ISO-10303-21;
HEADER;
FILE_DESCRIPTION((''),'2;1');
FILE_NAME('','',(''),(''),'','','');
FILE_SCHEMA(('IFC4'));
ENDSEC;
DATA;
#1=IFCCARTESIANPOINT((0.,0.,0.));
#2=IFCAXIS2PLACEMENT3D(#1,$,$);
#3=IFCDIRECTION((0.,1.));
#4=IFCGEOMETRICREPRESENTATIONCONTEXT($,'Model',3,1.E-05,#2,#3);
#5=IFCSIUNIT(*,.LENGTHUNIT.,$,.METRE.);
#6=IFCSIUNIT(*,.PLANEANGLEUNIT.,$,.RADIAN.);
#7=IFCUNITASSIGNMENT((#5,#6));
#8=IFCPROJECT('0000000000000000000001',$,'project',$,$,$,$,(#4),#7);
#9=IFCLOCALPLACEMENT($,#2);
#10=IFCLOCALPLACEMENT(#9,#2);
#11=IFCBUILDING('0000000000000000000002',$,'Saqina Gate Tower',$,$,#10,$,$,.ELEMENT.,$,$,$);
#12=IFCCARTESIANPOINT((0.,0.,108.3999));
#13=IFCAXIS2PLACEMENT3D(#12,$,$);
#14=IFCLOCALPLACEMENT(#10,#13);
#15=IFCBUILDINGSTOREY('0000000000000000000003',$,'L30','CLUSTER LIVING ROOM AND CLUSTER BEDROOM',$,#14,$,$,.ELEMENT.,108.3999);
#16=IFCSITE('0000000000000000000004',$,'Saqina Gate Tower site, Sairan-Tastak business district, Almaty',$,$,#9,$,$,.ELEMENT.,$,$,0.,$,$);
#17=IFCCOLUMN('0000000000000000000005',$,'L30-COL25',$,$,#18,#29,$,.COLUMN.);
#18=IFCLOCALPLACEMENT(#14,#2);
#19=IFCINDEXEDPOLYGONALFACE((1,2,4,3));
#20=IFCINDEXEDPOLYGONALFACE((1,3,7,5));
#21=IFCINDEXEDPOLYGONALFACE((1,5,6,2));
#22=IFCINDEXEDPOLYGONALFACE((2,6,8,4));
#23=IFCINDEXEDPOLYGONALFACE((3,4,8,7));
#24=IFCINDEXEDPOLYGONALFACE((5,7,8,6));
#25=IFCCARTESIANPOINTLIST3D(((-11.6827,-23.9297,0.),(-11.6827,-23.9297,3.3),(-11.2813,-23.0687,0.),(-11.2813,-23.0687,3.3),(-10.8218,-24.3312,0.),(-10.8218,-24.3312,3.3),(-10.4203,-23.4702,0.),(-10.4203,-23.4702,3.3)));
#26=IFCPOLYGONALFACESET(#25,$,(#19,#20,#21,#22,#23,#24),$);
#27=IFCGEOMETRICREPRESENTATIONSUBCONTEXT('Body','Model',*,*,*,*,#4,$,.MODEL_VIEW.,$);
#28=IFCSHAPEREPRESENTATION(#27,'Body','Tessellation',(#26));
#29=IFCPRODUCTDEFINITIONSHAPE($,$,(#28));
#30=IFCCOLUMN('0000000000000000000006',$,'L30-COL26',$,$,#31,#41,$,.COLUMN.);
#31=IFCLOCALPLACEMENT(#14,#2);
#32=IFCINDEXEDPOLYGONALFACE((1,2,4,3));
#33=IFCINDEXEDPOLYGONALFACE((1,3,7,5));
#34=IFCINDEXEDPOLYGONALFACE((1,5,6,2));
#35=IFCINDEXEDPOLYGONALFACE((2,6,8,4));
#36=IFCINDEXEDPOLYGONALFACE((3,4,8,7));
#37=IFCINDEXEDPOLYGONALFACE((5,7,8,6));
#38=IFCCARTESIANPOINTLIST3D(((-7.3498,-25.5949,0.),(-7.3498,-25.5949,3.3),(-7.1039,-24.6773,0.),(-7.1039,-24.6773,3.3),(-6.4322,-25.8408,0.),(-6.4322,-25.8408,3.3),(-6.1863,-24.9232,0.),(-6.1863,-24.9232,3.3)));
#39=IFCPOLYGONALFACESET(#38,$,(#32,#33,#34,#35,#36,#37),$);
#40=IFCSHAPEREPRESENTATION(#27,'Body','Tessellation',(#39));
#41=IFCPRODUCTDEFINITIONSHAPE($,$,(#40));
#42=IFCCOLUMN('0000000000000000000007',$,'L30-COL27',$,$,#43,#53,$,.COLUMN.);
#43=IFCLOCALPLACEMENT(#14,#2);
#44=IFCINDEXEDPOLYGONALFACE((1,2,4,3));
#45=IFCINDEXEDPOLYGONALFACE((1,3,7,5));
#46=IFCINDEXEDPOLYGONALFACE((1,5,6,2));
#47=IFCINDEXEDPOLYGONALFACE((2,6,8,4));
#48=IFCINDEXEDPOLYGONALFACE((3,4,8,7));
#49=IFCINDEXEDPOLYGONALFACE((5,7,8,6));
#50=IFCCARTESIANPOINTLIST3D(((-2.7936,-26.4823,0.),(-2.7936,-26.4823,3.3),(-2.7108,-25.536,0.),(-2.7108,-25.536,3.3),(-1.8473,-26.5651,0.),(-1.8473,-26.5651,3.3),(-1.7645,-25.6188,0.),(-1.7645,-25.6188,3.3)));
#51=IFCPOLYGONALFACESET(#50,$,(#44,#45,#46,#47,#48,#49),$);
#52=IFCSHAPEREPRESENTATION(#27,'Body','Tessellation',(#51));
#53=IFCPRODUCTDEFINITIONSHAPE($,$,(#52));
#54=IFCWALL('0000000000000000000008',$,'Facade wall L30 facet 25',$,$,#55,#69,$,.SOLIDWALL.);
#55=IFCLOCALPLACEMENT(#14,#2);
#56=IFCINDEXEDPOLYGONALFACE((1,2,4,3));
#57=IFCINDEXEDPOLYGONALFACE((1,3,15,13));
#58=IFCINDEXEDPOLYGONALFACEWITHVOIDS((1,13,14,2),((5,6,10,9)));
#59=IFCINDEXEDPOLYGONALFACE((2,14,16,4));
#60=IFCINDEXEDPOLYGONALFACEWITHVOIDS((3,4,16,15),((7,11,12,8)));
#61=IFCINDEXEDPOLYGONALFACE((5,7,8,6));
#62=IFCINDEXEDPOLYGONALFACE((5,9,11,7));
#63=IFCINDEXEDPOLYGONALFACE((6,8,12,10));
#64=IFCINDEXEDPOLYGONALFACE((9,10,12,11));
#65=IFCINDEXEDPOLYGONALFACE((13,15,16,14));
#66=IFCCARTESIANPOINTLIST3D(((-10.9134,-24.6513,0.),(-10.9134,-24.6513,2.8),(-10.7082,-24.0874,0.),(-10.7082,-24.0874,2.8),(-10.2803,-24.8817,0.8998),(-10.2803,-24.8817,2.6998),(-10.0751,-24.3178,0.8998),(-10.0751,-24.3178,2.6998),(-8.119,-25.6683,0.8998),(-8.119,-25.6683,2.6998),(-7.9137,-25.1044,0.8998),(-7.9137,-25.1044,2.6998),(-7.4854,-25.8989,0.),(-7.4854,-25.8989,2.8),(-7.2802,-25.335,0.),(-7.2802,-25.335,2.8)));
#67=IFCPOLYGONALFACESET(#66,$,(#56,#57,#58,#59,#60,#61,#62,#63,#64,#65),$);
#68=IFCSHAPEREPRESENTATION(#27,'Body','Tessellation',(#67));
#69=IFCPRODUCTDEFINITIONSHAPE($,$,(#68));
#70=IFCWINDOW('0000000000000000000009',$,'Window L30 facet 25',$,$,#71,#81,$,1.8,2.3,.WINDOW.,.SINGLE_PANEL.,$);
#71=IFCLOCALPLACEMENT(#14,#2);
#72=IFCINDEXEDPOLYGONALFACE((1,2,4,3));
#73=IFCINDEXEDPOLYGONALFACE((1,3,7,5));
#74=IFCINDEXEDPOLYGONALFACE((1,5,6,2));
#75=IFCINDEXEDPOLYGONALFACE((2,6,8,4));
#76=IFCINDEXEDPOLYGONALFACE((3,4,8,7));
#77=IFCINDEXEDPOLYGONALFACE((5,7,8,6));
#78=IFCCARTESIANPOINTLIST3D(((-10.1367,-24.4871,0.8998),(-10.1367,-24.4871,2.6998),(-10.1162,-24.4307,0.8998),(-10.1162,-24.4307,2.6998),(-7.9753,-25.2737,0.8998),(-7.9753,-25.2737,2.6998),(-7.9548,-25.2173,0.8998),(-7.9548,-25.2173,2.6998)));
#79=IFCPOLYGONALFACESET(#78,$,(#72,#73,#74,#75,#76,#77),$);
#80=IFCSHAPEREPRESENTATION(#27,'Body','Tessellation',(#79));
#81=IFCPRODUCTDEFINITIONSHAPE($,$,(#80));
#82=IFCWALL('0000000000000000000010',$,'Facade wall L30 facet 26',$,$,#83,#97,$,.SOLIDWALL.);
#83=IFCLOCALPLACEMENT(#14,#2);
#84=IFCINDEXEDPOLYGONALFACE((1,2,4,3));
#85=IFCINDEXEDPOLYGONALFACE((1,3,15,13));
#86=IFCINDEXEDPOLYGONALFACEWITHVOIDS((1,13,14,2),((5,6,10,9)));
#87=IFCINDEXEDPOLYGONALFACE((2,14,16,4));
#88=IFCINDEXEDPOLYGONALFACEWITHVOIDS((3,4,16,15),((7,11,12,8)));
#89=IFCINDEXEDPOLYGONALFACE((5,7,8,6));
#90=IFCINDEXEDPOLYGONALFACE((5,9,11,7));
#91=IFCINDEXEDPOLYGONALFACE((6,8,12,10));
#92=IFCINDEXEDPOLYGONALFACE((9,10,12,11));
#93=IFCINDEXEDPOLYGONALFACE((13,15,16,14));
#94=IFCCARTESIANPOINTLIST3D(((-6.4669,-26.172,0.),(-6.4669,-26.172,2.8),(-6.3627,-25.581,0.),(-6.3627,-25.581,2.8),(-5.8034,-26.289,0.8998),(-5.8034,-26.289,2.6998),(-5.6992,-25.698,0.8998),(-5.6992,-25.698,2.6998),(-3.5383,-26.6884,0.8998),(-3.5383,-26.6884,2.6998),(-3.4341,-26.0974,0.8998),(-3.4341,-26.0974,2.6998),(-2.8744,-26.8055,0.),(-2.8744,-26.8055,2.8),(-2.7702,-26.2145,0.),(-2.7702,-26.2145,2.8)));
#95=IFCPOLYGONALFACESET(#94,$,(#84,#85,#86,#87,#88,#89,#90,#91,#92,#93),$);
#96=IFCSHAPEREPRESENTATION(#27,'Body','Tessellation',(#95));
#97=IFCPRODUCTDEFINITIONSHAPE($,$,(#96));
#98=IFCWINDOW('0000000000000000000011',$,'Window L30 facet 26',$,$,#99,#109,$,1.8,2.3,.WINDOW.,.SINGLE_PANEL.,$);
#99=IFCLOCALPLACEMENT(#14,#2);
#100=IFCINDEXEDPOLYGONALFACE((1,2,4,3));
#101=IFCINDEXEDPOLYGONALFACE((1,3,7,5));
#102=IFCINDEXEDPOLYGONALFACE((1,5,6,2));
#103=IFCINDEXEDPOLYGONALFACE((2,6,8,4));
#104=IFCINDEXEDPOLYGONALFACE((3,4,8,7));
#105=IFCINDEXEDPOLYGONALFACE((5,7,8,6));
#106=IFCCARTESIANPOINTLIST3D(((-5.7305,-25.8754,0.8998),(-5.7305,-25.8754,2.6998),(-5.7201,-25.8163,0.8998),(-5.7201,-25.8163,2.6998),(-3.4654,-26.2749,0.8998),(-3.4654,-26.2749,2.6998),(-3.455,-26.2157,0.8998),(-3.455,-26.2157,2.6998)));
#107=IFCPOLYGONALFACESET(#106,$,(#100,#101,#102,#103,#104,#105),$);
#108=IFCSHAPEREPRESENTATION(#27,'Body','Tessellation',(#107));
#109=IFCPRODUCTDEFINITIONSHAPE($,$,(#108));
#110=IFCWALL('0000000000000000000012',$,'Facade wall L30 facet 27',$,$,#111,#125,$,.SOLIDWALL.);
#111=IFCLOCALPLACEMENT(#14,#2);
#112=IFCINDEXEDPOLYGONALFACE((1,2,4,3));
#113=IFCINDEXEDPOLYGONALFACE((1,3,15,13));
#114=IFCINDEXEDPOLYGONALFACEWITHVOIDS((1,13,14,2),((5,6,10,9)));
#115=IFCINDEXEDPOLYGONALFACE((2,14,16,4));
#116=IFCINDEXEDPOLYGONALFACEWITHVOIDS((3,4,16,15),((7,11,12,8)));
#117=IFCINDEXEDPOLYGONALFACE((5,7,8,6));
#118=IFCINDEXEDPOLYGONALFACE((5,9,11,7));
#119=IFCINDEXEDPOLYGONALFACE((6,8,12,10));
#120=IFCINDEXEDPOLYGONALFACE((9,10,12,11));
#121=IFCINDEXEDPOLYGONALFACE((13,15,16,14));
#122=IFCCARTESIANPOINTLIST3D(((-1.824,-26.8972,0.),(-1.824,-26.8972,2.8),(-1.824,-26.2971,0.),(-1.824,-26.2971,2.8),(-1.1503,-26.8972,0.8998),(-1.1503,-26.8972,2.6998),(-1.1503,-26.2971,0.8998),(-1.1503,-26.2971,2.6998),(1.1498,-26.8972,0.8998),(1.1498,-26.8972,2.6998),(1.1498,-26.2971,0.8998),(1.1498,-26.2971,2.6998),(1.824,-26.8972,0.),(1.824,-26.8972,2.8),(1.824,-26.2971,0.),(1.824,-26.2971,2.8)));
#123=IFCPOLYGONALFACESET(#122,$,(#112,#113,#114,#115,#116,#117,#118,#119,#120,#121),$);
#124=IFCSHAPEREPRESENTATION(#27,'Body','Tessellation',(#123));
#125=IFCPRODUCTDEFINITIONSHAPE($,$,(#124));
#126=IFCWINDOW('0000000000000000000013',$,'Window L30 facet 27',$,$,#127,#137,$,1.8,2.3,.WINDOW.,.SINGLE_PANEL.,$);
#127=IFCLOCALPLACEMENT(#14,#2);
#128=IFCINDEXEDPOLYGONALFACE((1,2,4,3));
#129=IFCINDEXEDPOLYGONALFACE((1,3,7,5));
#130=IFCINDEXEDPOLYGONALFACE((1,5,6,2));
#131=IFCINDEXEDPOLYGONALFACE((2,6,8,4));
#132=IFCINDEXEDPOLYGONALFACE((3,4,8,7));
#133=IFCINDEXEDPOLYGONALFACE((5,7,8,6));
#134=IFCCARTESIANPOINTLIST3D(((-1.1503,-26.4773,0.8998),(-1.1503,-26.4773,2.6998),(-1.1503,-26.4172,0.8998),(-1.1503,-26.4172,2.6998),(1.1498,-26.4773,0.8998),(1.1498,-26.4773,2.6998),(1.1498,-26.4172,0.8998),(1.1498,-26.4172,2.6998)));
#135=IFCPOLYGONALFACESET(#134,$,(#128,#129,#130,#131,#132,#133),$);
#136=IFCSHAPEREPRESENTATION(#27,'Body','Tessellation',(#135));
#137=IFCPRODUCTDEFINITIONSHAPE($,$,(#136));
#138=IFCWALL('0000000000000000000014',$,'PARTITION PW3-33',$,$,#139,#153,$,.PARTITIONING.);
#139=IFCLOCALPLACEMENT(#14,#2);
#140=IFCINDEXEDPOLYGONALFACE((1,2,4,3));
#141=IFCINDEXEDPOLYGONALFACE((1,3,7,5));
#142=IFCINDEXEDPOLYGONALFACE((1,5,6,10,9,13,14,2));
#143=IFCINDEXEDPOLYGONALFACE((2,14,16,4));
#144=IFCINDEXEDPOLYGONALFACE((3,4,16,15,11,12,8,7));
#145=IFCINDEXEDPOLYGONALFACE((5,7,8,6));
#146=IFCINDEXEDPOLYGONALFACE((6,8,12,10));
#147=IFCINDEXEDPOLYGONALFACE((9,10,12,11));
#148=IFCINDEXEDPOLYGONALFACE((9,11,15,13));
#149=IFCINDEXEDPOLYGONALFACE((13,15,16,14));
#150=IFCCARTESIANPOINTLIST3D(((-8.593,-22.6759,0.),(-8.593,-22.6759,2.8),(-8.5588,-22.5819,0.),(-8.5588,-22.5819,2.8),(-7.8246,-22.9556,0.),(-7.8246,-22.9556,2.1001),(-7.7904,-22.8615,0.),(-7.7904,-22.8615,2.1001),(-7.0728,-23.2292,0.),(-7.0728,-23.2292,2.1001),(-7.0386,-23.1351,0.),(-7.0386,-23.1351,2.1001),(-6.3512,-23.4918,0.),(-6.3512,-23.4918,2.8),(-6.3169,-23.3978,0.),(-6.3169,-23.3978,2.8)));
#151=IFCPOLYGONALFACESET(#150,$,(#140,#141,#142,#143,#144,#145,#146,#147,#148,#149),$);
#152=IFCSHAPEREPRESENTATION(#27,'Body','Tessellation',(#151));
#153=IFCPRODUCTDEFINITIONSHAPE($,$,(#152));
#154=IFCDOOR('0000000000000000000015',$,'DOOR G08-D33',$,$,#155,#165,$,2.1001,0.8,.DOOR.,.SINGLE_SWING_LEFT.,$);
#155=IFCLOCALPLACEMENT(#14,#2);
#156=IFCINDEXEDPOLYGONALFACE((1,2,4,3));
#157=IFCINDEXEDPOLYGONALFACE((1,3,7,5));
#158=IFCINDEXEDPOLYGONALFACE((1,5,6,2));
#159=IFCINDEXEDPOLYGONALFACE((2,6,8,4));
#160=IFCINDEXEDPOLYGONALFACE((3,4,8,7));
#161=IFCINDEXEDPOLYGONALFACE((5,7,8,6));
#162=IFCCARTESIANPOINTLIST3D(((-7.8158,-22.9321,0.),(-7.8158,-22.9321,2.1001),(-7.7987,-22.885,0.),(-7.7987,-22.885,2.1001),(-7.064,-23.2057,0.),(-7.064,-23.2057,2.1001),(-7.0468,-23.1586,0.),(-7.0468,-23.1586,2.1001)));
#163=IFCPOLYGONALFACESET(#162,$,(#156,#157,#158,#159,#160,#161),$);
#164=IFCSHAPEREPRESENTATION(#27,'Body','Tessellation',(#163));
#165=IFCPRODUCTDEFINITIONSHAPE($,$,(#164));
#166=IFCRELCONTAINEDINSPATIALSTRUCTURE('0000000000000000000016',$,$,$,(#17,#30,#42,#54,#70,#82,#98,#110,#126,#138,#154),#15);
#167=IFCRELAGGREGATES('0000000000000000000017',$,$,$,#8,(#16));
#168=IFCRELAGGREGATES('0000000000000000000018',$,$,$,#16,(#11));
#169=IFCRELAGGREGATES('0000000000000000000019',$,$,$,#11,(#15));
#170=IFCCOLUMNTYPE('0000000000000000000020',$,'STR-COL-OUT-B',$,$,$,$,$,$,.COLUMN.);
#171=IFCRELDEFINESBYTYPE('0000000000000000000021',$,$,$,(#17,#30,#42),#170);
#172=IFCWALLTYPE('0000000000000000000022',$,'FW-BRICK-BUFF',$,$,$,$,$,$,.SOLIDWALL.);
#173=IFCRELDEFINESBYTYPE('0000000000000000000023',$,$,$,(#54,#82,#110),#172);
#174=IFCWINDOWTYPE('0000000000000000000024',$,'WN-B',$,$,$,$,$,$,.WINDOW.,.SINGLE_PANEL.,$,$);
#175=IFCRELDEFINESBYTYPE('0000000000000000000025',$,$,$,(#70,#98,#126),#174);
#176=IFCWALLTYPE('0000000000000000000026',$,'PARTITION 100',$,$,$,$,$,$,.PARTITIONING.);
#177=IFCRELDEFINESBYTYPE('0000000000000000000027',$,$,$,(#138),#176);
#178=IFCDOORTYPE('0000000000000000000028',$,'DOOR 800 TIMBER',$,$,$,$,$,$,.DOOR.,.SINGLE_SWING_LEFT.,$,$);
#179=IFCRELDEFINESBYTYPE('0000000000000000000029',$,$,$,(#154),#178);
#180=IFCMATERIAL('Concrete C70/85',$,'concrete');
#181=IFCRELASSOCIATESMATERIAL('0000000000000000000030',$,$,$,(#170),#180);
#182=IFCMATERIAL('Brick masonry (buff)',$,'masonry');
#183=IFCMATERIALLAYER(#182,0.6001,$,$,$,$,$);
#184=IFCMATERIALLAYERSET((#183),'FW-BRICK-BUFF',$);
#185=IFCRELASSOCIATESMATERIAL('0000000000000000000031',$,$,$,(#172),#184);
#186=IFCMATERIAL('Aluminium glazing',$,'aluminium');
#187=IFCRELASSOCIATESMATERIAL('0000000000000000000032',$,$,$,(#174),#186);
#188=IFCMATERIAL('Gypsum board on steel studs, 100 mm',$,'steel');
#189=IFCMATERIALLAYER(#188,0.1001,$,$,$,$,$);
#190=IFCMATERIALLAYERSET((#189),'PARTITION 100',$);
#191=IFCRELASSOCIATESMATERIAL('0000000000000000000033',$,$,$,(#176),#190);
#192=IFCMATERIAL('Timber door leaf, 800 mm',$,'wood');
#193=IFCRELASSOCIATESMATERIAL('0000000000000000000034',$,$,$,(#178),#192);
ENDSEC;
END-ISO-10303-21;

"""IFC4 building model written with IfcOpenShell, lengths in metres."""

from ifc_helpers import new_model, si_unit, direction, frame, frame_2d, origin, origin_2d, place, context, subcontext, project, spatial, rectangle, extrude, material, layer, layer_set, material_profile, profile_set, type_object, element, fill, save


model = new_model("IFC4")

# Units and contexts
model_context = context("Model", 3, precision=1e-05, world=origin(), true_north=direction((0.0, 1.0)))
body_context = subcontext(model_context, "Body", "Model", "MODEL_VIEW")
ifc_project = project(units=[si_unit("LENGTHUNIT", "METRE"), si_unit("PLANEANGLEUNIT", "RADIAN")], contexts=[model_context])

# Site, building, storey
site_placement = place(None, origin())
site = spatial("IfcSite", under=ifc_project, at=site_placement, Name="Saqina Gate Tower site, Sairan-Tastak business district, Almaty", CompositionType="ELEMENT", RefElevation=0.0)
building_placement = place(site_placement, origin())
building = spatial("IfcBuilding", under=site, at=building_placement, Name="Saqina Gate Tower", CompositionType="ELEMENT")
storey_placement = place(building_placement, frame((0.0, 0.0, 108.3999)))
storey = spatial("IfcBuildingStorey", under=building, at=storey_placement, Name="L30", Description="CLUSTER LIVING ROOM AND CLUSTER BEDROOM", CompositionType="ELEMENT", Elevation=108.3999)

# Columns
ifc_material_1 = material(Name="Concrete C70/85", Category="concrete")
ifc_material_profile = material_profile(ifc_material_1, rectangle(XDim=0.95, YDim=0.95, at=origin_2d()), Name="RC 950x950")
ifc_profile_set = profile_set([ifc_material_profile], Name="Concrete C70/85")
column_type = type_object("IfcColumnType", Name="STR-COL-OUT-B", PredefinedType="COLUMN", material=ifc_profile_set)
for number, where, z_axis, x_axis, name in (
    (1, (-11.0515, -23.7, 0.0), (0.0, 0.0, 1.0), (-0.422618, -0.906308, 0.0), "L30-COL25"),
    (2, (-6.7681, -25.259, 0.0), (0.0, 0.0, 1.0), (-0.258819, -0.965926, 0.0), "L30-COL26"),
    (3, (-2.2791, -26.0505, 0.0), (0.0, 0.0, 1.0), (-0.087156, -0.996195, 0.0), "L30-COL27"),
):
    element("IfcColumn", number, at=place(storey_placement, frame(where, z_axis=z_axis, x_axis=x_axis)), inside=storey, type_object=column_type, Name=name, PredefinedType="COLUMN", context=body_context, shape_type="SweptSolid", body=[
        extrude(rectangle(XDim=0.95, YDim=0.95, at=origin_2d()), origin(), (0.0, 0.0, 1.0), 3.3),
    ])

# Walls, openings, windows
ifc_material_2 = material(Name="Brick masonry (buff)", Category="masonry")
ifc_layer_1 = layer(ifc_material_2, 0.6001)
ifc_layer_set_1 = layer_set([ifc_layer_1], Name="FW-BRICK-BUFF")
wall_type_1 = type_object("IfcWallType", Name="FW-BRICK-BUFF", PredefinedType="SOLIDWALL", material=ifc_layer_set_1)
wall_1_placement = place(storey_placement, frame((-10.8108, -24.3694, 0.0), z_axis=(0.0, 0.0, 1.0), x_axis=(0.939704, -0.34199, 0.0)))
wall_1 = element("IfcWall", 4, at=wall_1_placement, inside=storey, type_object=wall_type_1, Name="Facade wall L30 facet 25", PredefinedType="SOLIDWALL", context=body_context, shape_type="SweptSolid", body=[
    extrude(rectangle(XDim=3.6479, YDim=0.6001, at=frame_2d((1.824, 0.0))), origin(), (0.0, 0.0, 1.0), 2.8),
])
opening_1_placement = place(wall_1_placement, frame((0.6738, 0.0, 0.8999)))
opening_1 = element("IfcOpeningElement", 5, at=opening_1_placement, cuts=wall_1, PredefinedType="OPENING", context=body_context, shape_type="SweptSolid", body=[
    extrude(rectangle(XDim=2.3, YDim=1.8, at=frame_2d((1.1499, 0.8999))), frame((0.0, 0.312, 0.0), z_axis=(0.0, -1.0, 0.0), x_axis=(1.0, 0.0, 0.0)), (0.0, 0.0, 1.0), 0.624),
])
ifc_material_3 = material(Name="Aluminium glazing", Category="aluminium")
window_type = type_object("IfcWindowType", Name="WN-B", PartitioningType="SINGLE_PANEL", PredefinedType="WINDOW", material=ifc_material_3)
window_1_placement = place(opening_1_placement, origin())
window_1 = element("IfcWindow", 6, at=window_1_placement, inside=storey, type_object=window_type, Name="Window L30 facet 25", OverallHeight=1.8, OverallWidth=2.3, PartitioningType="SINGLE_PANEL", PredefinedType="WINDOW", context=body_context, shape_type="SweptSolid", body=[
    extrude(rectangle(XDim=2.3, YDim=1.8, at=frame_2d((1.1499, 0.8999))), frame((0.0, 0.1799, 0.0), z_axis=(0.0, -1.0, 0.0), x_axis=(1.0, 0.0, 0.0)), (0.0, 0.0, 1.0), 0.0601),
])
fill(opening_1, window_1)
wall_2_placement = place(storey_placement, frame((-6.4148, -25.8765, 0.0), z_axis=(0.0, 0.0, 1.0), x_axis=(0.984804, -0.173671, 0.0)))
wall_2 = element("IfcWall", 7, at=wall_2_placement, inside=storey, type_object=wall_type_1, Name="Facade wall L30 facet 26", PredefinedType="SOLIDWALL", context=body_context, shape_type="SweptSolid", body=[
    extrude(rectangle(XDim=3.6479, YDim=0.6001, at=frame_2d((1.824, 0.0))), origin(), (0.0, 0.0, 1.0), 2.8),
])
opening_2_placement = place(wall_2_placement, frame((0.6738, 0.0, 0.8999)))
opening_2 = element("IfcOpeningElement", 8, at=opening_2_placement, cuts=wall_2, PredefinedType="OPENING", context=body_context, shape_type="SweptSolid", body=[
    extrude(rectangle(XDim=2.3, YDim=1.8, at=frame_2d((1.1499, 0.8999))), frame((0.0, 0.312, 0.0), z_axis=(0.0, -1.0, 0.0), x_axis=(1.0, 0.0, 0.0)), (0.0, 0.0, 1.0), 0.624),
])
window_2_placement = place(opening_2_placement, origin())
window_2 = element("IfcWindow", 9, at=window_2_placement, inside=storey, type_object=window_type, Name="Window L30 facet 26", OverallHeight=1.8, OverallWidth=2.3, PartitioningType="SINGLE_PANEL", PredefinedType="WINDOW", context=body_context, shape_type="SweptSolid", body=[
    extrude(rectangle(XDim=2.3, YDim=1.8, at=frame_2d((1.1499, 0.8999))), frame((0.0, 0.1799, 0.0), z_axis=(0.0, -1.0, 0.0), x_axis=(1.0, 0.0, 0.0)), (0.0, 0.0, 1.0), 0.0601),
])
fill(opening_2, window_2)
wall_3_placement = place(storey_placement, frame((-1.824, -26.5972, 0.0), z_axis=(0.0, 0.0, 1.0), x_axis=(1.0, 0.0, 0.0)))
wall_3 = element("IfcWall", 10, at=wall_3_placement, inside=storey, type_object=wall_type_1, Name="Facade wall L30 facet 27", PredefinedType="SOLIDWALL", context=body_context, shape_type="SweptSolid", body=[
    extrude(rectangle(XDim=3.6479, YDim=0.6001, at=frame_2d((1.824, 0.0))), origin(), (0.0, 0.0, 1.0), 2.8),
])
opening_3_placement = place(wall_3_placement, frame((0.6738, 0.0, 0.8999)))
opening_3 = element("IfcOpeningElement", 11, at=opening_3_placement, cuts=wall_3, PredefinedType="OPENING", context=body_context, shape_type="SweptSolid", body=[
    extrude(rectangle(XDim=2.3, YDim=1.8, at=frame_2d((1.1499, 0.8999))), frame((0.0, 0.312, 0.0), z_axis=(0.0, -1.0, 0.0), x_axis=(1.0, 0.0, 0.0)), (0.0, 0.0, 1.0), 0.624),
])
window_3_placement = place(opening_3_placement, origin())
window_3 = element("IfcWindow", 12, at=window_3_placement, inside=storey, type_object=window_type, Name="Window L30 facet 27", OverallHeight=1.8, OverallWidth=2.3, PartitioningType="SINGLE_PANEL", PredefinedType="WINDOW", context=body_context, shape_type="SweptSolid", body=[
    extrude(rectangle(XDim=2.3, YDim=1.8, at=frame_2d((1.1499, 0.8999))), frame((0.0, 0.1799, 0.0), z_axis=(0.0, -1.0, 0.0), x_axis=(1.0, 0.0, 0.0)), (0.0, 0.0, 1.0), 0.0601),
])
fill(opening_3, window_3)

# Wall, opening, door
ifc_material_4 = material(Name="Gypsum board on steel studs, 100 mm", Category="steel")
ifc_layer_2 = layer(ifc_material_4, 0.1001)
ifc_layer_set_2 = layer_set([ifc_layer_2], Name="PARTITION 100")
wall_type_2 = type_object("IfcWallType", Name="PARTITION 100", PredefinedType="PARTITIONING", material=ifc_layer_set_2)
wall_4_placement = place(storey_placement, frame((-8.5759, -22.6289, 0.0), z_axis=(0.0, 0.0, 1.0), x_axis=(0.939704, -0.34199, 0.0)))
wall_4 = element("IfcWall", 13, at=wall_4_placement, inside=storey, type_object=wall_type_2, Name="PARTITION PW3-33", PredefinedType="PARTITIONING", context=body_context, shape_type="SweptSolid", body=[
    extrude(rectangle(XDim=2.3857, YDim=0.1001, at=frame_2d((1.1929, 0.0))), origin(), (0.0, 0.0, 1.0), 2.8),
])
opening_4_placement = place(wall_4_placement, frame((0.8179, 0.0, 0.0)))
opening_4 = element("IfcOpeningElement", 14, at=opening_4_placement, cuts=wall_4, PredefinedType="OPENING", context=body_context, shape_type="SweptSolid", body=[
    extrude(rectangle(XDim=0.8, YDim=2.1001, at=frame_2d((0.3999, 1.05))), frame((0.0, 0.062, 0.0), z_axis=(0.0, -1.0, 0.0), x_axis=(1.0, 0.0, 0.0)), (0.0, 0.0, 1.0), 0.124),
])
ifc_material_5 = material(Name="Timber door leaf, 800 mm", Category="wood")
door_type_1 = type_object("IfcDoorType", Name="DOOR 800 TIMBER", OperationType="SINGLE_SWING_LEFT", PredefinedType="DOOR", material=ifc_material_5)
door_1_placement = place(opening_4_placement, frame((0.8, 0.0, 0.0), z_axis=(0.0, 0.0, 1.0), x_axis=(-1.0, 0.0, 0.0)))
door_1 = element("IfcDoor", 15, at=door_1_placement, inside=storey, type_object=door_type_1, Name="DOOR G08-D33", OperationType="SINGLE_SWING_LEFT", OverallHeight=2.1001, OverallWidth=0.8, PredefinedType="DOOR", context=body_context, shape_type="SweptSolid", body=[
    extrude(rectangle(XDim=0.8, YDim=2.1001, at=frame_2d((0.3999, 1.05))), frame((0.0, 0.0249, 0.0), z_axis=(0.0, -1.0, 0.0), x_axis=(1.0, 0.0, 0.0)), (0.0, 0.0, 1.0), 0.05),
])
fill(opening_4, door_1)

save(model, "model.ifc")
